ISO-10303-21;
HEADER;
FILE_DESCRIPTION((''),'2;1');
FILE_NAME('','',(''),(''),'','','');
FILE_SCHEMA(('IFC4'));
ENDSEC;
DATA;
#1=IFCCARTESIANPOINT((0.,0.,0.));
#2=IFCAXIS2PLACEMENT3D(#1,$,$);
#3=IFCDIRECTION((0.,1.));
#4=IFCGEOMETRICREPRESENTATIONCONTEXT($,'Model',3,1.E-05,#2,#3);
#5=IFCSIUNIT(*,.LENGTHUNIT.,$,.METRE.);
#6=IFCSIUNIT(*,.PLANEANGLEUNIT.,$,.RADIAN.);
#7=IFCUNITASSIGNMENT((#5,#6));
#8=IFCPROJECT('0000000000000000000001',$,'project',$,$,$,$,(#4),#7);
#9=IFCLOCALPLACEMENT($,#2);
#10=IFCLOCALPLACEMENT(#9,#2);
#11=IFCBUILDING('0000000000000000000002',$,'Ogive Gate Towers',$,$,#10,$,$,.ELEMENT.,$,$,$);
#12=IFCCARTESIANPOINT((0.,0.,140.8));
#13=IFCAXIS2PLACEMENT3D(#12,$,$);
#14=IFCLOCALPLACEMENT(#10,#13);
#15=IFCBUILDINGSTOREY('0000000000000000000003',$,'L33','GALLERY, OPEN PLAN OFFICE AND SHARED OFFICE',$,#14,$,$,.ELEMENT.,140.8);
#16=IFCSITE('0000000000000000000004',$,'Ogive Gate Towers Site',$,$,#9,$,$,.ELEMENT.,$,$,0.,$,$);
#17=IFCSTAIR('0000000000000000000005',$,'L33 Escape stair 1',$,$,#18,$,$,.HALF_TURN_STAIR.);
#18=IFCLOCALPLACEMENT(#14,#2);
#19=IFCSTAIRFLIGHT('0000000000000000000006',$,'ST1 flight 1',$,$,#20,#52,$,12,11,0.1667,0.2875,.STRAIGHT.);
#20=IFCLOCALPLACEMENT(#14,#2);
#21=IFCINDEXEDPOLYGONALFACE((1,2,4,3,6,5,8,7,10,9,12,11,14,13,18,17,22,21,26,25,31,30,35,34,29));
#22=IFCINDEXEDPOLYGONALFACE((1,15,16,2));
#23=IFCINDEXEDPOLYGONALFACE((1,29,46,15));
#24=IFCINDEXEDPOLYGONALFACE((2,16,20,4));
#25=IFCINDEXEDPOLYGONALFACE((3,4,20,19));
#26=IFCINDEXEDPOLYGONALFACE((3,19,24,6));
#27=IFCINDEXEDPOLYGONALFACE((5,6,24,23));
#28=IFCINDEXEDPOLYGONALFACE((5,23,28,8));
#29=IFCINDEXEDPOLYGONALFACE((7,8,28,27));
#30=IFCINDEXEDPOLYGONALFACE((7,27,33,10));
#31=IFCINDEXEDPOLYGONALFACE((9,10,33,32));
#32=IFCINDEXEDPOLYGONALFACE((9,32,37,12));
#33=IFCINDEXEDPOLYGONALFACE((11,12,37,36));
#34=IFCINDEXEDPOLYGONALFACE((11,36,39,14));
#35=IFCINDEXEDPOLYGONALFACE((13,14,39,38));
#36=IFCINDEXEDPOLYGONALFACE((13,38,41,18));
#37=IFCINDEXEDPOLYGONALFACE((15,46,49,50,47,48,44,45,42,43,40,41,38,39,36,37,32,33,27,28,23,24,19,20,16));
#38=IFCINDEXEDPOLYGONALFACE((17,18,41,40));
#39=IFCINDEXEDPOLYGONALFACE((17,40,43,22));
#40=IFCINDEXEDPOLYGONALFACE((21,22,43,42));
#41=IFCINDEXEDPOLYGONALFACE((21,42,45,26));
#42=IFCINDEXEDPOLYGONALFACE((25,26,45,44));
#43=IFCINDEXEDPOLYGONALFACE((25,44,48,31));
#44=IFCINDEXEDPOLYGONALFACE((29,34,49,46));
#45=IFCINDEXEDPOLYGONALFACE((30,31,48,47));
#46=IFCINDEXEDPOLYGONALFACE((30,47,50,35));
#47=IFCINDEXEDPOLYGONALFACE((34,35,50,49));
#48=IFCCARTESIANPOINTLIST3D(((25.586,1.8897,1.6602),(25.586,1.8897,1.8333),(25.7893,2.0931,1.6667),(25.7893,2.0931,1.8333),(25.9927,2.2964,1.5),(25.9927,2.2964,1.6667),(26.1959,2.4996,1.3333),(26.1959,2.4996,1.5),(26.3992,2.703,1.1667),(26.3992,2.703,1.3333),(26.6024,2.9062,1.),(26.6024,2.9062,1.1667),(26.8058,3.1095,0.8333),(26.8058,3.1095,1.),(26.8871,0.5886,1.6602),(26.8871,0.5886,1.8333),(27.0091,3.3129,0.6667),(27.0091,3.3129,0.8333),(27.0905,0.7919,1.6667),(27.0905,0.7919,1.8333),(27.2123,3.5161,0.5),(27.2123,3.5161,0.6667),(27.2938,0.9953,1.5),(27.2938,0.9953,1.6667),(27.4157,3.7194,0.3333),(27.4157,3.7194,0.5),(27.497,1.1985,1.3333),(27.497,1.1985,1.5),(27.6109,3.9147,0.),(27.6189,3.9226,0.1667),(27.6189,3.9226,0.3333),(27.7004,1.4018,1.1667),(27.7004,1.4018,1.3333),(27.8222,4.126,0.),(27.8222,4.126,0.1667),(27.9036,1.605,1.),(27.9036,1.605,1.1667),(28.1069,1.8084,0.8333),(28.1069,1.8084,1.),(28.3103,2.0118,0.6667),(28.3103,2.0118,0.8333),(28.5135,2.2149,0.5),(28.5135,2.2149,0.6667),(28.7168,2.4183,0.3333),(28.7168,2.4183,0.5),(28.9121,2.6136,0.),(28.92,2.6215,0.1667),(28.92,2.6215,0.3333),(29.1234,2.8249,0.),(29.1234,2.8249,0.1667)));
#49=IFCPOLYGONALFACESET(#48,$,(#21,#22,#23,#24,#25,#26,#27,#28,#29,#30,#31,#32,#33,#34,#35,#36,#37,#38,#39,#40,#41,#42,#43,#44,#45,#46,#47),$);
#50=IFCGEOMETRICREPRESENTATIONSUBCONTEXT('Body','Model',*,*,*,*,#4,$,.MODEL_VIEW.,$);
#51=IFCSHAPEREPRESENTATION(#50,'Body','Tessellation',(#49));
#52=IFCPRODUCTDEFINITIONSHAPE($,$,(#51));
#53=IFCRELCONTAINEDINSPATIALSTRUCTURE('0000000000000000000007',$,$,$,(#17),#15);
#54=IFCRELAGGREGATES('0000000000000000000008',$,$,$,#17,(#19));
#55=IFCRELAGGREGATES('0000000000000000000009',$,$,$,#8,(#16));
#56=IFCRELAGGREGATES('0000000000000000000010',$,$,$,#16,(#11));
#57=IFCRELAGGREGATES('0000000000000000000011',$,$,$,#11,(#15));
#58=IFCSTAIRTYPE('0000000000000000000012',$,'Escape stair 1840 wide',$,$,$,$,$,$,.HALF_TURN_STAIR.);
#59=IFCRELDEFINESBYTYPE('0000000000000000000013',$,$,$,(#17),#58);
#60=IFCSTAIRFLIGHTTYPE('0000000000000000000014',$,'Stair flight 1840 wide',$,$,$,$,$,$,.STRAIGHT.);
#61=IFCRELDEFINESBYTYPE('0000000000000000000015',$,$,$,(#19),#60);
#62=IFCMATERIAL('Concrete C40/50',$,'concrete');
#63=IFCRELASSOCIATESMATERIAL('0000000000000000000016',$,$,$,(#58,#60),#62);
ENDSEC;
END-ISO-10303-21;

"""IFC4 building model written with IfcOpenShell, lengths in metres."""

from ifc_helpers import new_model, si_unit, direction, frame, origin, place, context, subcontext, project, spatial, polyline, outline, extrude, material, type_object, element, aggregate, save


model = new_model("IFC4")

# Units and contexts
model_context = context("Model", 3, precision=1e-05, world=origin(), true_north=direction((0.0, 1.0)))
body_context = subcontext(model_context, "Body", "Model", "MODEL_VIEW")
ifc_project = project(units=[si_unit("LENGTHUNIT", "METRE"), si_unit("PLANEANGLEUNIT", "RADIAN")], contexts=[model_context])

# Site, building, storey
site_placement = place(None, origin())
site = spatial("IfcSite", under=ifc_project, at=site_placement, Name="Ogive Gate Towers Site", CompositionType="ELEMENT", RefElevation=0.0)
building_placement = place(site_placement, origin())
building = spatial("IfcBuilding", under=site, at=building_placement, Name="Ogive Gate Towers", CompositionType="ELEMENT")
storey_placement = place(building_placement, frame((0.0, 0.0, 140.8)))
storey = spatial("IfcBuildingStorey", under=building, at=storey_placement, Name="L33", Description="GALLERY, OPEN PLAN OFFICE AND SHARED OFFICE", CompositionType="ELEMENT", Elevation=140.8)

# Shared definitions
ifc_material_1 = material(Name="Concrete C40/50", Category="concrete")

# Stair, stair flight
stair_type = type_object("IfcStairType", Name="Escape stair 1840 wide", PredefinedType="HALF_TURN_STAIR", material=ifc_material_1)
stair_placement = place(storey_placement, origin())
stair = element("IfcStair", 1, at=stair_placement, inside=storey, type_object=stair_type, Name="L33 Escape stair 1", PredefinedType="HALF_TURN_STAIR")
stair_flight_type = type_object("IfcStairFlightType", Name="Stair flight 1840 wide", PredefinedType="STRAIGHT", material=ifc_material_1)
stair_flight_placement = place(storey_placement, frame((28.4729, 3.4753, 0.0), z_axis=(0.0, 0.0, 1.0), x_axis=(-0.707107, -0.707107, 0.0)))
stair_flight = element("IfcStairFlight", 2, at=stair_flight_placement, type_object=stair_flight_type, Name="ST1 flight 1", NumberOfRisers=12, NumberOfTreads=11, PredefinedType="STRAIGHT", RiserHeight=0.1667, TreadLength=0.2875, context=body_context, shape_type="SweptSolid", body=[
    extrude(outline(polyline([(0.0, 0.0), (0.0, 0.1667), (0.2876, 0.1667), (0.2876, 0.3333), (0.575, 0.3333), (0.575, 0.5), (0.8625, 0.5), (0.8625, 0.6667), (1.1499, 0.6667), (1.1499, 0.8333), (1.4375, 0.8333), (1.4375, 1.0), (1.7251, 1.0), (1.7251, 1.1667), (2.0125, 1.1667), (2.0125, 1.3333), (2.3, 1.3333), (2.3, 1.5), (2.5874, 1.5), (2.5874, 1.6667), (2.875, 1.6667), (2.875, 1.8333), (3.1626, 1.8333), (3.1626, 2.0), (3.1626, 1.6602), (0.2988, 0.0), (0.0, 0.0)])), frame((0.0, 0.9199, 0.0), z_axis=(0.0, -1.0, 0.0), x_axis=(1.0, 0.0, 0.0)), (0.0, 0.0, 1.0), 1.8401),
])
aggregate(stair, [stair_flight])

save(model, "model.ifc")
